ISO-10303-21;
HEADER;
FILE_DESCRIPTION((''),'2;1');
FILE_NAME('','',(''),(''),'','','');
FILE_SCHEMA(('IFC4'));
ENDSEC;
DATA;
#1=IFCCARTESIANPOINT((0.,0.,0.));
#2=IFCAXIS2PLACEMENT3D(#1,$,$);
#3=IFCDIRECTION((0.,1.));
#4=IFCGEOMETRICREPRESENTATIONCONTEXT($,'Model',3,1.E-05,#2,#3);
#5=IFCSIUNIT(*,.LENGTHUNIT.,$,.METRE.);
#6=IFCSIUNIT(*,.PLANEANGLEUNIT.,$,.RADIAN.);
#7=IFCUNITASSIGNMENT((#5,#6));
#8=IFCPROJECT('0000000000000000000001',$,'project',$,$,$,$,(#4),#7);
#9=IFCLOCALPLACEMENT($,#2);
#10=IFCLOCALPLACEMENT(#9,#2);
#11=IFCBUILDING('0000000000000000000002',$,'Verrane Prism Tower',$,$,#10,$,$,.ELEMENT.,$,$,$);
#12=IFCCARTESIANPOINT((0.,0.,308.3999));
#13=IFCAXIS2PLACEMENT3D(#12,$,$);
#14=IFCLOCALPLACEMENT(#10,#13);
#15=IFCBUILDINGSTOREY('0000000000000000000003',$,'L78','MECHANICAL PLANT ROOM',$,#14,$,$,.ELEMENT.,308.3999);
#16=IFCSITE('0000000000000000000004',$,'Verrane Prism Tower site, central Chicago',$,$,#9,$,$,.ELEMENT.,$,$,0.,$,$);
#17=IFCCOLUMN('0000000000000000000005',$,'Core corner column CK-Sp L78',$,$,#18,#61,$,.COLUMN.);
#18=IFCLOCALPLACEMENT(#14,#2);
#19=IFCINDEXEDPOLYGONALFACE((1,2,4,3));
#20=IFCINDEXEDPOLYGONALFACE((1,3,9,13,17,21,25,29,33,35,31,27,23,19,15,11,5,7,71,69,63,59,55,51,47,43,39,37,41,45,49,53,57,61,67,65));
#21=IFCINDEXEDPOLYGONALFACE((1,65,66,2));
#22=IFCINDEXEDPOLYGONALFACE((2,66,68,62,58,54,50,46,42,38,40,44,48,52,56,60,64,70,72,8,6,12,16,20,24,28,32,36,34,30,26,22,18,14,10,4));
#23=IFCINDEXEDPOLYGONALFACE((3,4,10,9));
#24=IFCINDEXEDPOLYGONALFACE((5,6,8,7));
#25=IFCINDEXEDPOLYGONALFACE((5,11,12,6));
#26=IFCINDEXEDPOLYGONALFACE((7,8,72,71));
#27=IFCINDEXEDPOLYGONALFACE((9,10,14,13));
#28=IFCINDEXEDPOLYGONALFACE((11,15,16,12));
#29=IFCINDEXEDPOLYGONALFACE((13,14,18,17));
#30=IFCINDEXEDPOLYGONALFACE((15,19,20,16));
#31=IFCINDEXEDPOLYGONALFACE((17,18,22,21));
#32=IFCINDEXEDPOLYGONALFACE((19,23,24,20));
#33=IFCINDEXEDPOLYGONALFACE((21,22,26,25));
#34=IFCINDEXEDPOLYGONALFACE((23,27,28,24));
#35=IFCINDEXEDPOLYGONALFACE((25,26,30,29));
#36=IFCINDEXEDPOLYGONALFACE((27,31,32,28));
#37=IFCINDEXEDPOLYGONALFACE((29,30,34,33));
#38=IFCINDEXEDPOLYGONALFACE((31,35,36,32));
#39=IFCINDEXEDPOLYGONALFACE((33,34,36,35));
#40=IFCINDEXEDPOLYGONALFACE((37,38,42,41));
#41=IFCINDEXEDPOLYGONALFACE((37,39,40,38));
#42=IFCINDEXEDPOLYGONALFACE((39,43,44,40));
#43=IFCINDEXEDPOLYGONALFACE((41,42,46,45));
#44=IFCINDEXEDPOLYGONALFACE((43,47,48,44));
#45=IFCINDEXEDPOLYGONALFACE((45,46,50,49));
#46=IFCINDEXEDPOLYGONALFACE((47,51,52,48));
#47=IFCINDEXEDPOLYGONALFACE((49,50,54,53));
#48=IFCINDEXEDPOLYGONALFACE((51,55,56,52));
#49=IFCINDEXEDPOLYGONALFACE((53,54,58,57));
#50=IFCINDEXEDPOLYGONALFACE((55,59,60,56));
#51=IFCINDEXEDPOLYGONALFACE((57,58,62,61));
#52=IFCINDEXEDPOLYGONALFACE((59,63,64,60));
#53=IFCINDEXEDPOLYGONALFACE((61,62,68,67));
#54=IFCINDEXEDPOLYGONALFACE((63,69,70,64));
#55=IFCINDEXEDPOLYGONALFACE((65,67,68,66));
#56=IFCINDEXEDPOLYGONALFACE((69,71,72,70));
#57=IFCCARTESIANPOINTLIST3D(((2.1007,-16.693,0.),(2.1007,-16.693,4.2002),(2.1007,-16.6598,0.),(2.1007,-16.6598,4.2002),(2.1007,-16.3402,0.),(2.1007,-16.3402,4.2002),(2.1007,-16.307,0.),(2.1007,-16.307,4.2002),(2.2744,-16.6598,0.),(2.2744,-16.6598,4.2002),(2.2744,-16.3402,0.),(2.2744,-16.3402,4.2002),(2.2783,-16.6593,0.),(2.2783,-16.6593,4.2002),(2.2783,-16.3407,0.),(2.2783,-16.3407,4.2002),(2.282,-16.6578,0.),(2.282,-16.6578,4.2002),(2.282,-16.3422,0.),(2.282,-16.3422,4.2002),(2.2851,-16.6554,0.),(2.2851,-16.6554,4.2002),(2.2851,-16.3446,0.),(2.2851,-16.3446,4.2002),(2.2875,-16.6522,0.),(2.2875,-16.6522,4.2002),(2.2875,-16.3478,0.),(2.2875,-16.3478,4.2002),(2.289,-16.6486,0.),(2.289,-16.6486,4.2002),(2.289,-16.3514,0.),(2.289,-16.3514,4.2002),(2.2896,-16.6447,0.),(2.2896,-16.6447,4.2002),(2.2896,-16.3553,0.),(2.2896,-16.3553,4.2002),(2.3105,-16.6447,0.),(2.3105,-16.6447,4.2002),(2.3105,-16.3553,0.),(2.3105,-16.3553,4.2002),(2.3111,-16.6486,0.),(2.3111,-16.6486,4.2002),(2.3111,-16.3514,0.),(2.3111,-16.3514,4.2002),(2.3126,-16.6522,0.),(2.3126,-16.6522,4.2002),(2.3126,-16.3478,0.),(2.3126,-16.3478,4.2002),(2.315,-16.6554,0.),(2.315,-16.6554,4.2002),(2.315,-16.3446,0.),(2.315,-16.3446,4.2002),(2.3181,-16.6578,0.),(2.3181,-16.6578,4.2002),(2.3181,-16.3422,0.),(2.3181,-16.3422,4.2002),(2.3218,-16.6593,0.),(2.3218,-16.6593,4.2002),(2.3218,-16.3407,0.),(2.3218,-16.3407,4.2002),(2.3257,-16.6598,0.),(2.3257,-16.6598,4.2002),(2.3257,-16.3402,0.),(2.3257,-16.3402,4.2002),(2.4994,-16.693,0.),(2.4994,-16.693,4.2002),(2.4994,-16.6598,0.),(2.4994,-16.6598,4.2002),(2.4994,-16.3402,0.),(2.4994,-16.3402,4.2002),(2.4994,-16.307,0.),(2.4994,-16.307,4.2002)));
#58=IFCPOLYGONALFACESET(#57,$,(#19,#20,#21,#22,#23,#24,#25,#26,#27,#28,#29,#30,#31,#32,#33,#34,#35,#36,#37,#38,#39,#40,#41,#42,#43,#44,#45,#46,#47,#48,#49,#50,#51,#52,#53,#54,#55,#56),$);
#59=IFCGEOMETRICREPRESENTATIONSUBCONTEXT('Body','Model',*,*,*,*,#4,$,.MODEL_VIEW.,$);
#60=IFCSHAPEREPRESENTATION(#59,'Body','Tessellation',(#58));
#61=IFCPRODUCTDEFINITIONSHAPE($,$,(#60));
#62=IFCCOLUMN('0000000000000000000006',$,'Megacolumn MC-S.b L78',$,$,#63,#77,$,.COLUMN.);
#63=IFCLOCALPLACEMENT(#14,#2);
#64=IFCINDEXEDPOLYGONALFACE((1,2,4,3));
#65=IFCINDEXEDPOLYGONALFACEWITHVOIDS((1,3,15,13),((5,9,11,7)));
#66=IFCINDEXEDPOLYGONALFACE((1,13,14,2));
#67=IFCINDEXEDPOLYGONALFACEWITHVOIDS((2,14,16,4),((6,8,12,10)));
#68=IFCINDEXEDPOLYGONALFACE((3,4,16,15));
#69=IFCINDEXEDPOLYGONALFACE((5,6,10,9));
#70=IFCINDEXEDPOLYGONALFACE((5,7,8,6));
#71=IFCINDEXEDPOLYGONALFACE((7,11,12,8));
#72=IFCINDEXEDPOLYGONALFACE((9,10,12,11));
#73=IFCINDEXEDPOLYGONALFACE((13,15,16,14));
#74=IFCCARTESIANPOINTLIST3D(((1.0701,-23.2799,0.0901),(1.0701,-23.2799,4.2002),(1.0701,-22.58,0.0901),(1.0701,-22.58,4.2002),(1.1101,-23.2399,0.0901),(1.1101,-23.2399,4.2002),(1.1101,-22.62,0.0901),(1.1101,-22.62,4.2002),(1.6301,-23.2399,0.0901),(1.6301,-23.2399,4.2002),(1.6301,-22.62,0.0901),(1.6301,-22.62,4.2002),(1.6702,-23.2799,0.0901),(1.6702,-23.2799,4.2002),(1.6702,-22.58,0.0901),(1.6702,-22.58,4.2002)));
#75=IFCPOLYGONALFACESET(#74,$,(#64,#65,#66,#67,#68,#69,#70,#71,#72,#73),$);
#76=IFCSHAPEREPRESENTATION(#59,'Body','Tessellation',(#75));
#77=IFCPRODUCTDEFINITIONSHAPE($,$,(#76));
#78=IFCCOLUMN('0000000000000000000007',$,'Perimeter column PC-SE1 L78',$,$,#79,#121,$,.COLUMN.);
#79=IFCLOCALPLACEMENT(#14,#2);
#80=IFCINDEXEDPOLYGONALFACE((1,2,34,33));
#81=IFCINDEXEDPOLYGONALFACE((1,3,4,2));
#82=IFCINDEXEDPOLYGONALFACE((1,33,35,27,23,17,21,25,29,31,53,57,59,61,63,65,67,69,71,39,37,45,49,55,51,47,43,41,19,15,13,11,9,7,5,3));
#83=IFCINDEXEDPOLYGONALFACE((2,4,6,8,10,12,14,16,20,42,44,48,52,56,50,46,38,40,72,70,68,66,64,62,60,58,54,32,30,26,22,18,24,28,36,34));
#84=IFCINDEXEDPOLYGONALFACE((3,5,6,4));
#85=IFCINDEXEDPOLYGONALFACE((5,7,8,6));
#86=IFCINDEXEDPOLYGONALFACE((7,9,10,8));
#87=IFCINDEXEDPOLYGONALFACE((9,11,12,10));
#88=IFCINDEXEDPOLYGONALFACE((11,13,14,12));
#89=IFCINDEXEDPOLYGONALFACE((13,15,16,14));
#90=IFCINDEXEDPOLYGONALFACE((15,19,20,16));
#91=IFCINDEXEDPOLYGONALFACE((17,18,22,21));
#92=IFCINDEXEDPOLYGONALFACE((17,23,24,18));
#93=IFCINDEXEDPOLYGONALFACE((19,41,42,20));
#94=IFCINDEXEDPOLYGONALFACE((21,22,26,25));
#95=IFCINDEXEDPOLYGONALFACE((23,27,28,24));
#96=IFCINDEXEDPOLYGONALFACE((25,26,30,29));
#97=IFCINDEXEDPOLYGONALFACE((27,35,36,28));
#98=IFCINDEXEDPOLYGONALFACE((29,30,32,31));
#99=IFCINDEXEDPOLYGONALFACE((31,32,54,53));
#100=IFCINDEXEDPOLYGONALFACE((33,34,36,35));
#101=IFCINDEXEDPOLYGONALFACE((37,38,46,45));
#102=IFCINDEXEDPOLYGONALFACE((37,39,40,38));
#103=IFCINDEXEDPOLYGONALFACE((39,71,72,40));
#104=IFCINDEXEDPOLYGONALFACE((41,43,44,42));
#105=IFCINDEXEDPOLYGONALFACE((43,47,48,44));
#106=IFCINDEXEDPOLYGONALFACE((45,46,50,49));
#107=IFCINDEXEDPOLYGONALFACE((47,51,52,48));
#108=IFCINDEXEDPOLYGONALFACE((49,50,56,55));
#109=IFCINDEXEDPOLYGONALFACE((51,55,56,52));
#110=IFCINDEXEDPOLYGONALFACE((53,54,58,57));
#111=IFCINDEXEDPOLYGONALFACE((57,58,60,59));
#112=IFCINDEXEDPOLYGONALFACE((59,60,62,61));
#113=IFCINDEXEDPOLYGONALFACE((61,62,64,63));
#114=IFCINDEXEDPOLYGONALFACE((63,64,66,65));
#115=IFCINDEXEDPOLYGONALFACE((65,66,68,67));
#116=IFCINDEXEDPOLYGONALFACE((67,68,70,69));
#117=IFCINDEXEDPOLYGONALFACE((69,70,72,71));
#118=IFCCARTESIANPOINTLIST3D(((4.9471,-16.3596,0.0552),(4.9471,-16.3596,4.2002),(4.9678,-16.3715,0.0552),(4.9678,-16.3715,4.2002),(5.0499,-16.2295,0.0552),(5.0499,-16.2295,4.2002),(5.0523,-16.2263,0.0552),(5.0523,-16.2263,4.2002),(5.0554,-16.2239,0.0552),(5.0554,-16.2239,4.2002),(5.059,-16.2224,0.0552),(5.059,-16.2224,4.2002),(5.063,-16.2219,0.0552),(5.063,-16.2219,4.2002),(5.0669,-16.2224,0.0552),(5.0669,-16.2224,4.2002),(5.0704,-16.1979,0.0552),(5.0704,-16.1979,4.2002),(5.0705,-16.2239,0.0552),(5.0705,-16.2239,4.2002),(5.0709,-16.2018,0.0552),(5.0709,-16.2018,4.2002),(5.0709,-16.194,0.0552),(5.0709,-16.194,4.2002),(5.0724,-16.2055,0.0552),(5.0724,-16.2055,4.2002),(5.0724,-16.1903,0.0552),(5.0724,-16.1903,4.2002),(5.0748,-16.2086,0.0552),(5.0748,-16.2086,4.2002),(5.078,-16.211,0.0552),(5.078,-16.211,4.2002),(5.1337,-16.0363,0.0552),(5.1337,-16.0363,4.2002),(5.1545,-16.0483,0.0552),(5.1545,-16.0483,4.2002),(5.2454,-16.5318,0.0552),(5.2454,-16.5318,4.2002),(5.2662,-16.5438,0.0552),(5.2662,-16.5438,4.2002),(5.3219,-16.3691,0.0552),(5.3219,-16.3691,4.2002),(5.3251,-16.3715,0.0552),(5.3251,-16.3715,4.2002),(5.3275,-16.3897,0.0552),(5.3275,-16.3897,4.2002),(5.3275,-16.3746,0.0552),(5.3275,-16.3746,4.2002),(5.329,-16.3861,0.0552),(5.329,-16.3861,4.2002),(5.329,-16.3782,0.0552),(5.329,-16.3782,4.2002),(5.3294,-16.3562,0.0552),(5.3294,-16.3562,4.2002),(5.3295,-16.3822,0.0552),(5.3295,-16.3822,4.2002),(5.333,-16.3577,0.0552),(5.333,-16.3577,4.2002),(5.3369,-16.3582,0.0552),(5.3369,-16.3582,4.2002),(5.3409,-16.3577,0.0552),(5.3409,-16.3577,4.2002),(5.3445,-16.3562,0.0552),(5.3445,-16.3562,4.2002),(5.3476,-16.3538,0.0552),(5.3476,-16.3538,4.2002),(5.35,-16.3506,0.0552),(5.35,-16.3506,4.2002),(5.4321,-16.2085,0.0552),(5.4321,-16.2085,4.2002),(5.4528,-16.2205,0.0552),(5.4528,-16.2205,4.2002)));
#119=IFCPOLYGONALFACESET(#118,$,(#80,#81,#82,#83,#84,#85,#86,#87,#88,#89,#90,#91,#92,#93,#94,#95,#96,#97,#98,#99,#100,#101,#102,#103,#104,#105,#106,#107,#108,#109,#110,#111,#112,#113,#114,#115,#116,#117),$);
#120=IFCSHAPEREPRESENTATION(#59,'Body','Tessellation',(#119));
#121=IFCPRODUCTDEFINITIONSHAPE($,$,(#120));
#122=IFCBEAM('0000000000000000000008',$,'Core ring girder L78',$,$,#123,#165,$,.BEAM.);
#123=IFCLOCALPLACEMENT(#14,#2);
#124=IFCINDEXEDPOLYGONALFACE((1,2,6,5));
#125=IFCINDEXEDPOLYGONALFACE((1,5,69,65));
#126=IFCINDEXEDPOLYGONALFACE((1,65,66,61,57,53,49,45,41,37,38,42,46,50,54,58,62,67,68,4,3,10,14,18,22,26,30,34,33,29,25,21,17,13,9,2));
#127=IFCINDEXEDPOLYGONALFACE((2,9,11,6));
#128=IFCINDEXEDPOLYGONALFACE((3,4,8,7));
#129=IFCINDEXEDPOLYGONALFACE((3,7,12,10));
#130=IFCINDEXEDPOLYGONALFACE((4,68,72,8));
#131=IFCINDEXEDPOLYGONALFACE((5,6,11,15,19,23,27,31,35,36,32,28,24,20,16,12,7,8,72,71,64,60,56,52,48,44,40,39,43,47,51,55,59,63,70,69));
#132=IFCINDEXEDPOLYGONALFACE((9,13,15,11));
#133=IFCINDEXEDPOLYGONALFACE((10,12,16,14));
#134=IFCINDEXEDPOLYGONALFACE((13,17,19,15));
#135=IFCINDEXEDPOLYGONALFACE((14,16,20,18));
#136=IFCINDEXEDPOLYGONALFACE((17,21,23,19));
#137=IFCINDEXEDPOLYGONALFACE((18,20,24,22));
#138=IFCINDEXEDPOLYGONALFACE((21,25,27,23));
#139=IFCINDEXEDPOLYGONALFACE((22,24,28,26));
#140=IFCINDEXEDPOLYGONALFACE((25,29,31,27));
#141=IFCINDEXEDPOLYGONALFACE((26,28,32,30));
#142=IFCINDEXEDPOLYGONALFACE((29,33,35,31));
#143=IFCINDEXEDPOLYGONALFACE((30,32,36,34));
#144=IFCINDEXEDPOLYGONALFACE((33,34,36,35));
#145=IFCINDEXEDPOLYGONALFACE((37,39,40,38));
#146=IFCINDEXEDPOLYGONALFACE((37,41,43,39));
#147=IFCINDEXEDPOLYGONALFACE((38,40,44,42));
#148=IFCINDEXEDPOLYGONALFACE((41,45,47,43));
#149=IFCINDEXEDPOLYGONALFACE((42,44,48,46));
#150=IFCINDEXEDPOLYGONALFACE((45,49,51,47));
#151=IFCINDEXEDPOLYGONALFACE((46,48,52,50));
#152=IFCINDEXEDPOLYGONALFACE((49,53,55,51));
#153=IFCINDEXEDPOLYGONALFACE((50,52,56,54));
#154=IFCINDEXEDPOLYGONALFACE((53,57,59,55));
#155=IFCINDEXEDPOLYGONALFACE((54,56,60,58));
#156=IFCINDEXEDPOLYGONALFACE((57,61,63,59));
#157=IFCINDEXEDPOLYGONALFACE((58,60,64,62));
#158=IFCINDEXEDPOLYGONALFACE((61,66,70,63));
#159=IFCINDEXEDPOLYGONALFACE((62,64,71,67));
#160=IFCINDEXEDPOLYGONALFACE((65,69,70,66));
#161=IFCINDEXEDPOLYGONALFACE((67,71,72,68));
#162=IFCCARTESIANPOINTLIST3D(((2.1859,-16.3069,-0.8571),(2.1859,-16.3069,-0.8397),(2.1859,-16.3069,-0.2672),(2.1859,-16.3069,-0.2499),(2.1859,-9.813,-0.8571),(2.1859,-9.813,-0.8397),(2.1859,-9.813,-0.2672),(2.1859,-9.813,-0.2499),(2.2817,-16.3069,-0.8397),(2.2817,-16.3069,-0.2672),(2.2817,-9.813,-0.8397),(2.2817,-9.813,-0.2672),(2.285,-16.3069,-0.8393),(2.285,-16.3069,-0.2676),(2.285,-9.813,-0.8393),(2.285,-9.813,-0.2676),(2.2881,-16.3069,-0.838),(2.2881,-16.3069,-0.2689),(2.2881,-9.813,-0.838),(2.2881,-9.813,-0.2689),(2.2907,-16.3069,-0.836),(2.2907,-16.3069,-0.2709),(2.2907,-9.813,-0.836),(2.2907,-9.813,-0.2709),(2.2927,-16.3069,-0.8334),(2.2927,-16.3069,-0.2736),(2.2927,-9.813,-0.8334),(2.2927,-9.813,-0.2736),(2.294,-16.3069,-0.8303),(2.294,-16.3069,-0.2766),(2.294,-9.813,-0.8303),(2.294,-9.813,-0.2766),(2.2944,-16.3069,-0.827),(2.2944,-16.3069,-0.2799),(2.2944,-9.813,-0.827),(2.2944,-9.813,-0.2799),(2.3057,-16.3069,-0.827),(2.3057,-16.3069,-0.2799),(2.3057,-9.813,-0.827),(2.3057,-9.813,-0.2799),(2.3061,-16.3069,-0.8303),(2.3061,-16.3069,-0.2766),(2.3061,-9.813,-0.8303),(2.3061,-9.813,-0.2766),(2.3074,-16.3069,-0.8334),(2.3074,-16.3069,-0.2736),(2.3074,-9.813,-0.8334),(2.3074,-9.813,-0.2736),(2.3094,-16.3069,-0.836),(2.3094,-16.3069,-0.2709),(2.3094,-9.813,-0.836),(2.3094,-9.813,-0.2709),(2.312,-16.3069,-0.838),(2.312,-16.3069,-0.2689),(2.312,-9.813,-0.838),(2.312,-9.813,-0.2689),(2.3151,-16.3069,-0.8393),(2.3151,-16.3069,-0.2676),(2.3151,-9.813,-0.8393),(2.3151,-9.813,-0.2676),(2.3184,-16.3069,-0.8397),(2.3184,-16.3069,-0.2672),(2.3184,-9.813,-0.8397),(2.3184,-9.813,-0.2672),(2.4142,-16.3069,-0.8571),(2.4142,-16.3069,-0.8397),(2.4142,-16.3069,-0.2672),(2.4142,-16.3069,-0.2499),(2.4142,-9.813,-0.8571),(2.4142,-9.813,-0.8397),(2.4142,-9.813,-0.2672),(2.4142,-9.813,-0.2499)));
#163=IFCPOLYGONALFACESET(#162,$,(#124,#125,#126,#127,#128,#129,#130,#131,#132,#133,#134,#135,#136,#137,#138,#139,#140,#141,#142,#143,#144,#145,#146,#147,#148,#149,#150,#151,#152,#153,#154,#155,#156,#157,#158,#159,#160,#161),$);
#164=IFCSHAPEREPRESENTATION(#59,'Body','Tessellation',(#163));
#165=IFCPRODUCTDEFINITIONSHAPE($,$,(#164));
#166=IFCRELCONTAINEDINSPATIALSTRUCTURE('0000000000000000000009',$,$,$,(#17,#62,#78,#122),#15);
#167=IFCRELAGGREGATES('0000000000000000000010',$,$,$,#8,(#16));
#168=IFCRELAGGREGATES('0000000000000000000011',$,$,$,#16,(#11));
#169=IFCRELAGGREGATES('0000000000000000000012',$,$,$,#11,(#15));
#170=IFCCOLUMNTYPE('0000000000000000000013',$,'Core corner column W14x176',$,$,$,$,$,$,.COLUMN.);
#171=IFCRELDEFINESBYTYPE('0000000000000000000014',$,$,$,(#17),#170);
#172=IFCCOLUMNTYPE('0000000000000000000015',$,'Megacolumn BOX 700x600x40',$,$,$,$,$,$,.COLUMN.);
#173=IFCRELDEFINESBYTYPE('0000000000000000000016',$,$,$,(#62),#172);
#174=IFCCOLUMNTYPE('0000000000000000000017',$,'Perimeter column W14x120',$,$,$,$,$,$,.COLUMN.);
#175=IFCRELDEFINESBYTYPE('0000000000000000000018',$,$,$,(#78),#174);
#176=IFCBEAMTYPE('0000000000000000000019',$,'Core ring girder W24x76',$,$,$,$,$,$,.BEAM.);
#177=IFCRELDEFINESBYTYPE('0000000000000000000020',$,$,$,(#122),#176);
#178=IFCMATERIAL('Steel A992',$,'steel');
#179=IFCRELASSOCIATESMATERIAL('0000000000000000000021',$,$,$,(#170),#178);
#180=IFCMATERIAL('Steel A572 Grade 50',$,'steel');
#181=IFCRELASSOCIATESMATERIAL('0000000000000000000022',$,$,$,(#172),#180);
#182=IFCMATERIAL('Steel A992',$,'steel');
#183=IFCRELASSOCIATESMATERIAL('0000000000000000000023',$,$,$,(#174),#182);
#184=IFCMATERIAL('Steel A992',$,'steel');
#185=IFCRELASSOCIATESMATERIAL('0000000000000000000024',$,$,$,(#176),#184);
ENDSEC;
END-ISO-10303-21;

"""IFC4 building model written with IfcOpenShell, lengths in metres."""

from ifc_helpers import new_model, si_unit, direction, frame, origin, origin_2d, place, context, subcontext, project, spatial, hollow_rectangle, i_section, extrude, material, material_profile, profile_set, type_object, element, save


model = new_model("IFC4")

# Units and contexts
model_context = context("Model", 3, precision=1e-05, world=origin(), true_north=direction((0.0, 1.0)))
body_context = subcontext(model_context, "Body", "Model", "MODEL_VIEW")
ifc_project = project(units=[si_unit("LENGTHUNIT", "METRE"), si_unit("PLANEANGLEUNIT", "RADIAN")], contexts=[model_context])

# Site, building, storey
site_placement = place(None, origin())
site = spatial("IfcSite", under=ifc_project, at=site_placement, Name="Verrane Prism Tower site, central Chicago", CompositionType="ELEMENT", RefElevation=0.0)
building_placement = place(site_placement, origin())
building = spatial("IfcBuilding", under=site, at=building_placement, Name="Verrane Prism Tower", CompositionType="ELEMENT")
storey_placement = place(building_placement, frame((0.0, 0.0, 308.3999)))
storey = spatial("IfcBuildingStorey", under=building, at=storey_placement, Name="L78", Description="MECHANICAL PLANT ROOM", CompositionType="ELEMENT", Elevation=308.3999)

# Columns
ifc_material_1 = material(Name="Steel A992", Category="steel")
ifc_material_profile_1 = material_profile(ifc_material_1, i_section(OverallWidth=0.3987, OverallDepth=0.386, WebThickness=0.021, FlangeThickness=0.0332, FilletRadius=0.0151, at=origin_2d()), Name="W14x176")
ifc_profile_set_1 = profile_set([ifc_material_profile_1], Name="Steel A992")
column_type_1 = type_object("IfcColumnType", Name="Core corner column W14x176", PredefinedType="COLUMN", material=ifc_profile_set_1)
column_1_placement = place(storey_placement, frame((2.3, -16.5, 0.0), z_axis=(0.0, 0.0, 1.0), x_axis=(-1.0, 0.0, 0.0)))
element("IfcColumn", 1, at=column_1_placement, inside=storey, type_object=column_type_1, Name="Core corner column CK-Sp L78", PredefinedType="COLUMN", context=body_context, shape_type="SweptSolid", body=[
    extrude(i_section(OverallWidth=0.3987, OverallDepth=0.386, WebThickness=0.021, FlangeThickness=0.0332, FilletRadius=0.0151, at=origin_2d()), origin(), (0.0, 0.0, 1.0), 4.2002),
])
ifc_material_2 = material(Name="Steel A572 Grade 50", Category="steel")
ifc_material_profile_2 = material_profile(ifc_material_2, hollow_rectangle(XDim=0.6001, YDim=0.7, WallThickness=0.04, at=origin_2d()), Name="BOX 700x600x40")
ifc_profile_set_2 = profile_set([ifc_material_profile_2], Name="Steel A572 Grade 50")
column_type_2 = type_object("IfcColumnType", Name="Megacolumn BOX 700x600x40", PredefinedType="COLUMN", material=ifc_profile_set_2)
column_2_placement = place(storey_placement, frame((1.3701, -22.9299, 0.0901), z_axis=(0.0, 0.0, 1.0), x_axis=(-1.0, 0.0, 0.0)))
element("IfcColumn", 2, at=column_2_placement, inside=storey, type_object=column_type_2, Name="Megacolumn MC-S.b L78", PredefinedType="COLUMN", context=body_context, shape_type="SweptSolid", body=[
    extrude(hollow_rectangle(XDim=0.6001, YDim=0.7, WallThickness=0.04, at=origin_2d()), origin(), (0.0, 0.0, 1.0), 4.1101),
])
ifc_material_3 = material(Name="Steel A992", Category="steel")
ifc_material_profile_3 = material_profile(ifc_material_3, i_section(OverallWidth=0.3733, OverallDepth=0.3684, WebThickness=0.0149, FlangeThickness=0.0239, FilletRadius=0.0151, at=origin_2d()), Name="W14x120")
ifc_profile_set_3 = profile_set([ifc_material_profile_3], Name="Steel A992")
column_type_3 = type_object("IfcColumnType", Name="Perimeter column W14x120", PredefinedType="COLUMN", material=ifc_profile_set_3)
column_3_placement = place(storey_placement, frame((5.2, -16.29, 0.0552), z_axis=(0.0, 0.0, 1.0), x_axis=(-0.5, -0.866025, 0.0)))
element("IfcColumn", 3, at=column_3_placement, inside=storey, type_object=column_type_3, Name="Perimeter column PC-SE1 L78", PredefinedType="COLUMN", context=body_context, shape_type="SweptSolid", body=[
    extrude(i_section(OverallWidth=0.3733, OverallDepth=0.3684, WebThickness=0.0149, FlangeThickness=0.0239, FilletRadius=0.0151, at=origin_2d()), origin(), (0.0, 0.0, 1.0), 4.145),
])

# Beam
ifc_material_4 = material(Name="Steel A992", Category="steel")
ifc_material_profile_4 = material_profile(ifc_material_4, i_section(OverallWidth=0.2283, OverallDepth=0.6072, WebThickness=0.0112, FlangeThickness=0.0173, FilletRadius=0.0127, at=origin_2d()), Name="W24x76")
ifc_profile_set_4 = profile_set([ifc_material_profile_4], Name="Steel A992")
beam_type_1 = type_object("IfcBeamType", Name="Core ring girder W24x76", PredefinedType="BEAM", material=ifc_profile_set_4)
beam_1_placement = place(storey_placement, frame((2.3, -16.3069, -0.5535), z_axis=(0.0, 1.0, 0.0), x_axis=(-1.0, 0.0, 0.0)))
element("IfcBeam", 4, at=beam_1_placement, inside=storey, type_object=beam_type_1, Name="Core ring girder L78", PredefinedType="BEAM", context=body_context, shape_type="SweptSolid", body=[
    extrude(i_section(OverallWidth=0.2283, OverallDepth=0.6072, WebThickness=0.0112, FlangeThickness=0.0173, FilletRadius=0.0127, at=origin_2d()), origin(), (0.0, 0.0, 1.0), 6.4939),
])

save(model, "model.ifc")
